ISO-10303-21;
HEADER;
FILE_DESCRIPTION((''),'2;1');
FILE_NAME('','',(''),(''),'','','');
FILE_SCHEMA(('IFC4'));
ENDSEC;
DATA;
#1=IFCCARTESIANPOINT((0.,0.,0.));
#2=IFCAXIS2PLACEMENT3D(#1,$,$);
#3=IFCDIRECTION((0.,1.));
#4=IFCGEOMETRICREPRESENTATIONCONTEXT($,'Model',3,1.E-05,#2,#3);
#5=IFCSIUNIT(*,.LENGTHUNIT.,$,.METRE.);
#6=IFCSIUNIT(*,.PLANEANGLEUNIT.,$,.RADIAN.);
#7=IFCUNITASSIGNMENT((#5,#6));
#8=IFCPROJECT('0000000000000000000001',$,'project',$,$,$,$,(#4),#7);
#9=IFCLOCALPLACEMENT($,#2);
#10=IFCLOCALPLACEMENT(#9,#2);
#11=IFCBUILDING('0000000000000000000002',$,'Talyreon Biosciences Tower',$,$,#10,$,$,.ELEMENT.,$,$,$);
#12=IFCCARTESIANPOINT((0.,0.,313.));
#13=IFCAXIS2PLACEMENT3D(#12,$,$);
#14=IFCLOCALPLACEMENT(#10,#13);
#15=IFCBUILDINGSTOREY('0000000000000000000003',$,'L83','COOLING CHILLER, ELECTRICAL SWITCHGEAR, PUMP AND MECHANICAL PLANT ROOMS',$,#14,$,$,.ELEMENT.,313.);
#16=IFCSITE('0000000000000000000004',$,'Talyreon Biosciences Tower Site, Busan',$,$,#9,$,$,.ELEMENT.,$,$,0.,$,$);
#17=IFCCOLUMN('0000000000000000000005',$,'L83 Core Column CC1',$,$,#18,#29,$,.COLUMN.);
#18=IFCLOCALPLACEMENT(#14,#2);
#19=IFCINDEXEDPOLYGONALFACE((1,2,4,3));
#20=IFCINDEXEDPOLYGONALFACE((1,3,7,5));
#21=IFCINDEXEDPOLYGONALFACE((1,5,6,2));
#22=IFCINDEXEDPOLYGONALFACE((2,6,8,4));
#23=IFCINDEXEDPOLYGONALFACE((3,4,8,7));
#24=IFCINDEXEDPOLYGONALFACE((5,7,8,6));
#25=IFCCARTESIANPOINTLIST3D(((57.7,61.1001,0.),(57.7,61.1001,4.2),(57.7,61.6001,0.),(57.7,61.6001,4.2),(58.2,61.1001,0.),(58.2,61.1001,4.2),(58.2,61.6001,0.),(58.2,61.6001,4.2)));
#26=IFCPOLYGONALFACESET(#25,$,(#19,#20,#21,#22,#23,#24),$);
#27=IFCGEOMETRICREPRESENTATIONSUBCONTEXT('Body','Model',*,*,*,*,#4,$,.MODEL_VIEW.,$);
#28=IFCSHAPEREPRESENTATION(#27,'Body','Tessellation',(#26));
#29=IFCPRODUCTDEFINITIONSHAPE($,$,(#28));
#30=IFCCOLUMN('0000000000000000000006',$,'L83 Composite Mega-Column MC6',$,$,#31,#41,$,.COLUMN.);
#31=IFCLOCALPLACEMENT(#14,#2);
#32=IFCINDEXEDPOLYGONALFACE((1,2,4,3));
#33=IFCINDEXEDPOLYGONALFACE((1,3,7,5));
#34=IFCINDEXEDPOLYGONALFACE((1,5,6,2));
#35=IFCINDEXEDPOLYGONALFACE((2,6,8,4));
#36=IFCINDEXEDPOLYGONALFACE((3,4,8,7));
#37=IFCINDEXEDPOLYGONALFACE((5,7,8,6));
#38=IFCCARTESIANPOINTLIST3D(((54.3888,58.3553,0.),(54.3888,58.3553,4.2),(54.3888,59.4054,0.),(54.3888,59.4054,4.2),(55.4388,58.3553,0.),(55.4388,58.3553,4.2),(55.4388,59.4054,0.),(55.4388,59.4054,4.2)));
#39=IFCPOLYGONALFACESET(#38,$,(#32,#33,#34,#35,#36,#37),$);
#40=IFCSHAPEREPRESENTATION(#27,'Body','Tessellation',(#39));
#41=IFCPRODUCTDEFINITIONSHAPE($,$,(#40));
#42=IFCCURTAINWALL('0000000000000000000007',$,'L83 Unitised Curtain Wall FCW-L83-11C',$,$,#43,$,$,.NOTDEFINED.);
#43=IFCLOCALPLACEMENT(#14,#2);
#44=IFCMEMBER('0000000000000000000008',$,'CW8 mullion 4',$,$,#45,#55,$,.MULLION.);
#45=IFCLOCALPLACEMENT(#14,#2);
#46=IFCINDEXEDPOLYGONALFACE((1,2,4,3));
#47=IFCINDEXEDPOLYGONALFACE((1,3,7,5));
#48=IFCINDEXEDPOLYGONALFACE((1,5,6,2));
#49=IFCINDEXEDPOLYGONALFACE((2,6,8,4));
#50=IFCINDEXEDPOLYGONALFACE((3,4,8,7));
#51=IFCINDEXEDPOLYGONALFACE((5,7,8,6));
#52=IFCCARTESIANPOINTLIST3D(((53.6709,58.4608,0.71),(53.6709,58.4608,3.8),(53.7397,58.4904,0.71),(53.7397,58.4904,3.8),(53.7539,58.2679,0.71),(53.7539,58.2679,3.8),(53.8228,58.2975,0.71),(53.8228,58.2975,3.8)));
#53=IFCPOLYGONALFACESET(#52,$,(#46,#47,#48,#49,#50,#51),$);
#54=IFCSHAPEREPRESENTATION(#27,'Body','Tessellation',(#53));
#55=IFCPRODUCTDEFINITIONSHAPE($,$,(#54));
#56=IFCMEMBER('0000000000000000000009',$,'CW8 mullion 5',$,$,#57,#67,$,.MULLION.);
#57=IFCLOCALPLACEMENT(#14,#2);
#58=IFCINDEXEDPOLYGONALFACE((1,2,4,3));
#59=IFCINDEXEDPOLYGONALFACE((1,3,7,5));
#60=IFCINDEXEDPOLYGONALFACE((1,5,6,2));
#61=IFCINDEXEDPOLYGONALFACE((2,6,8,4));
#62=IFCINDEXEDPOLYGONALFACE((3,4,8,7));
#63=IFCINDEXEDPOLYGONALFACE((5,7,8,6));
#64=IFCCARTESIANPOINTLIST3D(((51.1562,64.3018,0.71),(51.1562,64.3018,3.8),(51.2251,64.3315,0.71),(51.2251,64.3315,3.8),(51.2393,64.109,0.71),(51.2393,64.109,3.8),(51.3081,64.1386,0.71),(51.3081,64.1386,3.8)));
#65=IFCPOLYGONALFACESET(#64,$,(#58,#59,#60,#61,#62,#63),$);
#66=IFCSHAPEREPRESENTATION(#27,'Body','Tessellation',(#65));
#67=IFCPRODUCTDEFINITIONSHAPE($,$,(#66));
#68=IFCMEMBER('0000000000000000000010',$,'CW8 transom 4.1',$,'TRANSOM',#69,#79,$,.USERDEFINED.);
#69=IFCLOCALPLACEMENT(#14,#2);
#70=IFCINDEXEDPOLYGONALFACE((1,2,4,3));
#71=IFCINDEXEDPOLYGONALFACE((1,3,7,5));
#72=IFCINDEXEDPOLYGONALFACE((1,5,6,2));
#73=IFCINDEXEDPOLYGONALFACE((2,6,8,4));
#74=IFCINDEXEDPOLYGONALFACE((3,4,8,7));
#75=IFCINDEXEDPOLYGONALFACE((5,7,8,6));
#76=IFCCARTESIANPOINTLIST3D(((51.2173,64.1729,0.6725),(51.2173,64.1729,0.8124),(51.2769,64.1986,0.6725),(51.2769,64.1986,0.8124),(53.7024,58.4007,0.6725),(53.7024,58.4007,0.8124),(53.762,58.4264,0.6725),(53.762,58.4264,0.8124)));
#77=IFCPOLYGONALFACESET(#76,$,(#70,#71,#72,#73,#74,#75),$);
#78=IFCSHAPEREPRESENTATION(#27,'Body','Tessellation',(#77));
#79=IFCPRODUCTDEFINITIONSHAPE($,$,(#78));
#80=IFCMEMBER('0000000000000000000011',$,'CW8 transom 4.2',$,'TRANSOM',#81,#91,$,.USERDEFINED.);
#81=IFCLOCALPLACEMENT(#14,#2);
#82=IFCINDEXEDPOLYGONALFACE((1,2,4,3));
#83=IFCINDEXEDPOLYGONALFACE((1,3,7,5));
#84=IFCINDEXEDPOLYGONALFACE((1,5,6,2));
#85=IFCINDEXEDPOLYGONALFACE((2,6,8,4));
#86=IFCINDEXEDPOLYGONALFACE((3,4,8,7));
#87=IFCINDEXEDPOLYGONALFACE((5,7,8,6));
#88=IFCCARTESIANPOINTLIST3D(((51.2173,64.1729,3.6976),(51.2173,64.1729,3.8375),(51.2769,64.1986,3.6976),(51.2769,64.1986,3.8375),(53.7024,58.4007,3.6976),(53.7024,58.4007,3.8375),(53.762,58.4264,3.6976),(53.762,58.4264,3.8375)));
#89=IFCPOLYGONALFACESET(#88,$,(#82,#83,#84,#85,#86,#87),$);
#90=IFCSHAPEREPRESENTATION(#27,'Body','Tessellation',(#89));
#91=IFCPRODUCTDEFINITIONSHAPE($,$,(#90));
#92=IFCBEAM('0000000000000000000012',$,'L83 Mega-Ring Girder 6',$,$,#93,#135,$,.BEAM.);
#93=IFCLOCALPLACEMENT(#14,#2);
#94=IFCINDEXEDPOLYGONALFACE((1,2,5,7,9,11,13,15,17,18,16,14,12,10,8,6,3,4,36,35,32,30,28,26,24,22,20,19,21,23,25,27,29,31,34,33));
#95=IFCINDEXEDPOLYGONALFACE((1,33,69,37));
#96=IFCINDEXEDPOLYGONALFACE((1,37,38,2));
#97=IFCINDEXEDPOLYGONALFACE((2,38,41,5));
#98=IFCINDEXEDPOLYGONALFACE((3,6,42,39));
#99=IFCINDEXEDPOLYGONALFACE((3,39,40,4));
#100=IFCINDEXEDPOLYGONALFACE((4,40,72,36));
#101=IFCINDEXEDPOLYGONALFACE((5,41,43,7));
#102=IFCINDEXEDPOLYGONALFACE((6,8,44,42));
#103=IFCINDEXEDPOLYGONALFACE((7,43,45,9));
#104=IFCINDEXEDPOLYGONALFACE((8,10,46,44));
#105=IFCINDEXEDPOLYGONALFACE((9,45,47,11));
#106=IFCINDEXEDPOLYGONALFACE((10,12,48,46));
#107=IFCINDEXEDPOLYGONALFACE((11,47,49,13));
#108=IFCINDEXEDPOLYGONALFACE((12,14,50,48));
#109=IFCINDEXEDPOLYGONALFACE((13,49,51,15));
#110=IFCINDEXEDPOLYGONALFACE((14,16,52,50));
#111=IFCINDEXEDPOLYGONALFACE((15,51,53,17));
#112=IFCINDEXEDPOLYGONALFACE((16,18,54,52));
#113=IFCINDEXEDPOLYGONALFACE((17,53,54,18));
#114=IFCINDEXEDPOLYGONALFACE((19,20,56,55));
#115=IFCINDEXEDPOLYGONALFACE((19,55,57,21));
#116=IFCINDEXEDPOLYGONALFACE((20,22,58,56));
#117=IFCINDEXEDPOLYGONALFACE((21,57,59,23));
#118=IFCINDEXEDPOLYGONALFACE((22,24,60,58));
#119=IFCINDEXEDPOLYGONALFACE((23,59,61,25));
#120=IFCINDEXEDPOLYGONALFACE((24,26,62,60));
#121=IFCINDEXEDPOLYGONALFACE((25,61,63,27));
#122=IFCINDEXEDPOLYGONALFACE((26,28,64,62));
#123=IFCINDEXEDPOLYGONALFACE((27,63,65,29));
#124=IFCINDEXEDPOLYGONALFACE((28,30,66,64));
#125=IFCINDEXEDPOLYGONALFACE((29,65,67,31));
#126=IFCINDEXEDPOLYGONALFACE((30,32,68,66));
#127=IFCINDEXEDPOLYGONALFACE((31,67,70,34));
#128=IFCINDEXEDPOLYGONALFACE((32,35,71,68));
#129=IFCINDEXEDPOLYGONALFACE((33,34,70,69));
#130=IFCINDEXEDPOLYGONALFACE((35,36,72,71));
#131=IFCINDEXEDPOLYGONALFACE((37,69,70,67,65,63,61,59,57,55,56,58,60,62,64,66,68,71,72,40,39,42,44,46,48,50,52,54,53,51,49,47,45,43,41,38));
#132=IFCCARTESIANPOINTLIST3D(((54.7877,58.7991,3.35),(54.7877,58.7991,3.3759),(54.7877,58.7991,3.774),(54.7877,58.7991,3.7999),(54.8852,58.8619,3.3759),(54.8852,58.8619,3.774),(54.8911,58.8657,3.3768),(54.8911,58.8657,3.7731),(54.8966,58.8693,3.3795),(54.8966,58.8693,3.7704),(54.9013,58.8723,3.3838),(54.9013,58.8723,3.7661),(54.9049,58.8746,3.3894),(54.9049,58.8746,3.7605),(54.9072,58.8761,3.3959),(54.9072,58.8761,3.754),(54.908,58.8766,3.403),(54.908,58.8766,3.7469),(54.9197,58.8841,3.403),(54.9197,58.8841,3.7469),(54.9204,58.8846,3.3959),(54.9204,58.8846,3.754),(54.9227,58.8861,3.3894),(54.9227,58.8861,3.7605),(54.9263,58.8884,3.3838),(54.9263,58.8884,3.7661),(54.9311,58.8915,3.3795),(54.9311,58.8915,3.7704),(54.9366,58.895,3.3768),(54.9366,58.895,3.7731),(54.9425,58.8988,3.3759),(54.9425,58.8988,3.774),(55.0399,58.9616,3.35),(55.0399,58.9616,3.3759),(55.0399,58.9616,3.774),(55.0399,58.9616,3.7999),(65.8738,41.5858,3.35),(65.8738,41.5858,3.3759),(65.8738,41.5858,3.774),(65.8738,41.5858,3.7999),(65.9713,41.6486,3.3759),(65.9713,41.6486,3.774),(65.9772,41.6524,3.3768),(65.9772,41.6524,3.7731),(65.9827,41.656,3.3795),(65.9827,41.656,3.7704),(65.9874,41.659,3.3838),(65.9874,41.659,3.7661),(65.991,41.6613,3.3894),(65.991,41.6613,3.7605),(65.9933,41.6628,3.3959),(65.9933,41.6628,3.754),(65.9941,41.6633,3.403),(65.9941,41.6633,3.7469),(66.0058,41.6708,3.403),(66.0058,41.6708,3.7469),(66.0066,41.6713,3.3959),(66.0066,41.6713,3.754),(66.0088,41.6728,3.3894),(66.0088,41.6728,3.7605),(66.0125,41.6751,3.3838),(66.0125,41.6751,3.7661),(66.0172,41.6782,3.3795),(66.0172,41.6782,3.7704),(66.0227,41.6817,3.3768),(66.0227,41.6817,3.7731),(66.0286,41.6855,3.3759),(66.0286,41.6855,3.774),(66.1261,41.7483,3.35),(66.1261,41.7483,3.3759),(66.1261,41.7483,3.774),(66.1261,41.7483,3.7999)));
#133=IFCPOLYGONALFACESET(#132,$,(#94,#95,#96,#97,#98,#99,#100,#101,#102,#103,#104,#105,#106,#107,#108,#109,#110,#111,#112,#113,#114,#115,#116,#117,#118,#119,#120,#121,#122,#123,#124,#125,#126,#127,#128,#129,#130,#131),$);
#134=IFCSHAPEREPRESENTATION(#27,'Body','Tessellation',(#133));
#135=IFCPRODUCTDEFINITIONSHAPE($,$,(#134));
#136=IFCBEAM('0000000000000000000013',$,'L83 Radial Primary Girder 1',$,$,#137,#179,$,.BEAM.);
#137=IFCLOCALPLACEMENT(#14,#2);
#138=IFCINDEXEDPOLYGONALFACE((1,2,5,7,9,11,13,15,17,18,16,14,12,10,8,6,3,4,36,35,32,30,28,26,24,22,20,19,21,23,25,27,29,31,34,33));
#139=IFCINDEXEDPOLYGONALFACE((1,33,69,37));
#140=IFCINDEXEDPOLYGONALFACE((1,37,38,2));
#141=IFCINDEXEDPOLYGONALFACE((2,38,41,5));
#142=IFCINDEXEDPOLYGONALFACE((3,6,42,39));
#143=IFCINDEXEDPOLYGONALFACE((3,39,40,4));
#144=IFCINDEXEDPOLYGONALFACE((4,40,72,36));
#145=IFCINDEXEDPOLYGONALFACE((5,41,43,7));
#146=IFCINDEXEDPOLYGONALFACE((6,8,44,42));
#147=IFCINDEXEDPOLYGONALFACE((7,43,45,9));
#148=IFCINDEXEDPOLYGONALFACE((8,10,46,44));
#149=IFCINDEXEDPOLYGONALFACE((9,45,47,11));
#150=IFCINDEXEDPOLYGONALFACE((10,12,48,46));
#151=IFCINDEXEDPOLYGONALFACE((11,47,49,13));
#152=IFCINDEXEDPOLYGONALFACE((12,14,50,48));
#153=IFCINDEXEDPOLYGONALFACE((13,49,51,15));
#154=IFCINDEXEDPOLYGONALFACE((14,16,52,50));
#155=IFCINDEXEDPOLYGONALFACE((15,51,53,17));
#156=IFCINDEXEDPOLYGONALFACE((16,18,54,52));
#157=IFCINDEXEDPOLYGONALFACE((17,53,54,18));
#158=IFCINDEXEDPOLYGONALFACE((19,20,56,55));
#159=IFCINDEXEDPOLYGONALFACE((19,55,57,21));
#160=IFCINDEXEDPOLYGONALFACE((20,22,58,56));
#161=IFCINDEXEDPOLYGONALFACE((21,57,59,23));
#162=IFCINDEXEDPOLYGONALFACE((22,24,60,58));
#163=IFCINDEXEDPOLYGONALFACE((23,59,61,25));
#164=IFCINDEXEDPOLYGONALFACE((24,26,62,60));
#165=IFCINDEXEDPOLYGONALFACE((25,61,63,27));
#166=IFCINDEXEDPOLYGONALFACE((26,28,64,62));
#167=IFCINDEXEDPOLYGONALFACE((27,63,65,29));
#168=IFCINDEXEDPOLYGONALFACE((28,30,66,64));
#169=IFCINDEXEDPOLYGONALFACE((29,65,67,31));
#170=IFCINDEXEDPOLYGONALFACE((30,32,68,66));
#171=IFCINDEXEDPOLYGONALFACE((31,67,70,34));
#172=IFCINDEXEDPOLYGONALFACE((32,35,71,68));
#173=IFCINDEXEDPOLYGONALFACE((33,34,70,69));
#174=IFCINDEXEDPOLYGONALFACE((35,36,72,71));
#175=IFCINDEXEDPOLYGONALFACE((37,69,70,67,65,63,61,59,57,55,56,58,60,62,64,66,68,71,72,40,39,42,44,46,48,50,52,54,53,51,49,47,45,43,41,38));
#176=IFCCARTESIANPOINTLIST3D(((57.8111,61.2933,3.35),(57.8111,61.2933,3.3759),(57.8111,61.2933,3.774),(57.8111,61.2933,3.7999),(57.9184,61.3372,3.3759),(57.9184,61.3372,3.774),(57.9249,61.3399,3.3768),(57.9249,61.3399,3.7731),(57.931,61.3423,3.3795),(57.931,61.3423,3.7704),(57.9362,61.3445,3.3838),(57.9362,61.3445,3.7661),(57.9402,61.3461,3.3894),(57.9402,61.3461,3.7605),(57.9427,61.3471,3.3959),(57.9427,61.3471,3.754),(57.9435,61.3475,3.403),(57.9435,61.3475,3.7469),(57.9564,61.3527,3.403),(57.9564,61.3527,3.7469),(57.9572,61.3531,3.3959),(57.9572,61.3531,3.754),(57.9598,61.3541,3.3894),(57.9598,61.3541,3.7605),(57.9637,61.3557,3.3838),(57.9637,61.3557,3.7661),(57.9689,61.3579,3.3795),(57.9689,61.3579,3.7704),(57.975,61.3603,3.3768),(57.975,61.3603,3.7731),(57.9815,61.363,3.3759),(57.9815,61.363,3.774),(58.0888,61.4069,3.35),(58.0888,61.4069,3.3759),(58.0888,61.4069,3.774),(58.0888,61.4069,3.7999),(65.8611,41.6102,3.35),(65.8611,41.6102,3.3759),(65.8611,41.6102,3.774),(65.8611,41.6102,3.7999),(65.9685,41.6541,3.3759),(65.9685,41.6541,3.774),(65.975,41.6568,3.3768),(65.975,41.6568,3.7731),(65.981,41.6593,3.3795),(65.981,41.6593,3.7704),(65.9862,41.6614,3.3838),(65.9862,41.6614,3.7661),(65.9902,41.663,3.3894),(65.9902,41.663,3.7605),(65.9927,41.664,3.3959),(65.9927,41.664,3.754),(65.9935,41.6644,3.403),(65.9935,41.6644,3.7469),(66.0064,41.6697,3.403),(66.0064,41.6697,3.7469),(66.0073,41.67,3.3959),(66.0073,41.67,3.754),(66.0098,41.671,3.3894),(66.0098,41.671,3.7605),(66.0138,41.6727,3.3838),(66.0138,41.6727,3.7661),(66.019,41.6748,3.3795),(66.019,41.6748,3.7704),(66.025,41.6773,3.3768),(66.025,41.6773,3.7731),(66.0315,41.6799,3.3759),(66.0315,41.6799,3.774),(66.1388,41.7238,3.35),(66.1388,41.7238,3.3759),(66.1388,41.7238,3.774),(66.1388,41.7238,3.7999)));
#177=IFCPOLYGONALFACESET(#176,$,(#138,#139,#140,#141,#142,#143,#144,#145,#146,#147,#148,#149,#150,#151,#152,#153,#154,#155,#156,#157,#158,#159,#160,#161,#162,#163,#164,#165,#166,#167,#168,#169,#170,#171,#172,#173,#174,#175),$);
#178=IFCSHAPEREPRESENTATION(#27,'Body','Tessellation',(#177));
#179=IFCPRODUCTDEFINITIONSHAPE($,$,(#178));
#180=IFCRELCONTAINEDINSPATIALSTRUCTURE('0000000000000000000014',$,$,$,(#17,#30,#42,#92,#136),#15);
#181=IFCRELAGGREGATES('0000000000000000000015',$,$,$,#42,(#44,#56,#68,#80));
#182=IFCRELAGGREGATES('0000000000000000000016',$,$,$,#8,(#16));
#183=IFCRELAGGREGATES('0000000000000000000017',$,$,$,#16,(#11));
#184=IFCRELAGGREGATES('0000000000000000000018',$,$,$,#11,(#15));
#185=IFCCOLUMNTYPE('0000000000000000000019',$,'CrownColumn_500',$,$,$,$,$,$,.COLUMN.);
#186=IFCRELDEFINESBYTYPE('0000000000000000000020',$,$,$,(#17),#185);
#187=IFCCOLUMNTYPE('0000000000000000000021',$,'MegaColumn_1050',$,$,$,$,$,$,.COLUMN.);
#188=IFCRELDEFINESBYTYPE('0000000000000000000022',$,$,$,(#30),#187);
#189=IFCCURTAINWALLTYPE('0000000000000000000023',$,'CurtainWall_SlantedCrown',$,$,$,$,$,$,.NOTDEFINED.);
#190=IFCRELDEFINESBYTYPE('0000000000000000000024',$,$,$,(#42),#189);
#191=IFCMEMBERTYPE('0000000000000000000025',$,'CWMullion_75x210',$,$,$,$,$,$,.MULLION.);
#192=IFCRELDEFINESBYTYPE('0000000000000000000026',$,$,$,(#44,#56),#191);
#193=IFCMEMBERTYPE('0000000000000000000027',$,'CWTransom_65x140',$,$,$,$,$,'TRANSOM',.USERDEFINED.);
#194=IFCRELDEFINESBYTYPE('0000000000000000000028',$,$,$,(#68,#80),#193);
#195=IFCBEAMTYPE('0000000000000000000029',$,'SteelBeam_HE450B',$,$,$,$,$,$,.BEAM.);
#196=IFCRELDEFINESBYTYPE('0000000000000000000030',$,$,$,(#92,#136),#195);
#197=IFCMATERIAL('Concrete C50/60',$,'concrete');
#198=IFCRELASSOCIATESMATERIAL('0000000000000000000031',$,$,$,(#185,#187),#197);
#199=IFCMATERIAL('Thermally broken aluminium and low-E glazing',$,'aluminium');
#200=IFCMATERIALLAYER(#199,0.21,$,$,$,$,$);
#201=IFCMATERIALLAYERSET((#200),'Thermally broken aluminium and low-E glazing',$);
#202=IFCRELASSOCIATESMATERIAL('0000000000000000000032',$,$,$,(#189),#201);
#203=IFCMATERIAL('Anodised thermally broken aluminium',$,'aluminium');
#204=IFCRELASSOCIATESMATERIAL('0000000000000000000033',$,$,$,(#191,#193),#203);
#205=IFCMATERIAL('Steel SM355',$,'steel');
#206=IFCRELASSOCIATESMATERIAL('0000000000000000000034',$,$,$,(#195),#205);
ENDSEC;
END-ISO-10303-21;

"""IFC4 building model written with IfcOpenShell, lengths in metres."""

from ifc_helpers import new_model, si_unit, direction, frame, origin, origin_2d, place, context, subcontext, project, spatial, rectangle, i_section, extrude, material, layer, layer_set, material_profile, profile_set, type_object, element, aggregate, save


model = new_model("IFC4")

# Units and contexts
model_context = context("Model", 3, precision=1e-05, world=origin(), true_north=direction((0.0, 1.0)))
body_context = subcontext(model_context, "Body", "Model", "MODEL_VIEW")
ifc_project = project(units=[si_unit("LENGTHUNIT", "METRE"), si_unit("PLANEANGLEUNIT", "RADIAN")], contexts=[model_context])

# Site, building, storey
site_placement = place(None, origin())
site = spatial("IfcSite", under=ifc_project, at=site_placement, Name="Talyreon Biosciences Tower Site, Busan", CompositionType="ELEMENT", RefElevation=0.0)
building_placement = place(site_placement, origin())
building = spatial("IfcBuilding", under=site, at=building_placement, Name="Talyreon Biosciences Tower", CompositionType="ELEMENT")
storey_placement = place(building_placement, frame((0.0, 0.0, 313.0)))
storey = spatial("IfcBuildingStorey", under=building, at=storey_placement, Name="L83", Description="COOLING CHILLER, ELECTRICAL SWITCHGEAR, PUMP AND MECHANICAL PLANT ROOMS", CompositionType="ELEMENT", Elevation=313.0)

# Columns
ifc_material_1 = material(Name="Concrete C50/60", Category="concrete")
ifc_material_profile_1 = material_profile(ifc_material_1, rectangle(XDim=0.5, YDim=0.5, at=origin_2d()), Name="RC 500x500")
ifc_profile_set_1 = profile_set([ifc_material_profile_1], Name="Concrete C50/60")
column_type_1 = type_object("IfcColumnType", Name="CrownColumn_500", PredefinedType="COLUMN", material=ifc_profile_set_1)
column_1_placement = place(storey_placement, frame((57.95, 61.3501, 0.0), z_axis=(0.0, 0.0, 1.0), x_axis=(1.0, 0.0, 0.0)))
element("IfcColumn", 1, at=column_1_placement, inside=storey, type_object=column_type_1, Name="L83 Core Column CC1", PredefinedType="COLUMN", context=body_context, shape_type="SweptSolid", body=[
    extrude(rectangle(XDim=0.5, YDim=0.5, at=origin_2d()), origin(), (0.0, 0.0, 1.0), 4.2),
])
ifc_material_profile_2 = material_profile(ifc_material_1, rectangle(XDim=1.05, YDim=1.05, at=origin_2d()), Name="RC 1050x1050")
ifc_profile_set_2 = profile_set([ifc_material_profile_2], Name="Concrete C50/60")
column_type_2 = type_object("IfcColumnType", Name="MegaColumn_1050", PredefinedType="COLUMN", material=ifc_profile_set_2)
column_2_placement = place(storey_placement, frame((54.9138, 58.8804, 0.0), z_axis=(0.0, 0.0, 1.0), x_axis=(1.0, 0.0, 0.0)))
element("IfcColumn", 2, at=column_2_placement, inside=storey, type_object=column_type_2, Name="L83 Composite Mega-Column MC6", PredefinedType="COLUMN", context=body_context, shape_type="SweptSolid", body=[
    extrude(rectangle(XDim=1.05, YDim=1.05, at=origin_2d()), origin(), (0.0, 0.0, 1.0), 4.2),
])

# Curtain wall, members
ifc_material_2 = material(Name="Thermally broken aluminium and low-E glazing", Category="aluminium")
ifc_layer_1 = layer(ifc_material_2, 0.21)
ifc_layer_set_1 = layer_set([ifc_layer_1], Name="Thermally broken aluminium and low-E glazing")
curtain_wall_type = type_object("IfcCurtainWallType", Name="CurtainWall_SlantedCrown", PredefinedType="NOTDEFINED", material=ifc_layer_set_1)
curtain_wall_placement = place(storey_placement, origin())
curtain_wall = element("IfcCurtainWall", 3, at=curtain_wall_placement, inside=storey, type_object=curtain_wall_type, Name="L83 Unitised Curtain Wall FCW-L83-11C", PredefinedType="NOTDEFINED")
ifc_material_3 = material(Name="Anodised thermally broken aluminium", Category="aluminium")
ifc_material_profile_3 = material_profile(ifc_material_3, rectangle(XDim=0.075, YDim=0.21, at=origin_2d()), Name="ALUM MULLION 75x210")
ifc_profile_set_3 = profile_set([ifc_material_profile_3], Name="Anodised thermally broken aluminium")
member_type_1 = type_object("IfcMemberType", Name="CWMullion_75x210", PredefinedType="MULLION", material=ifc_profile_set_3)
member_1_placement = place(storey_placement, frame((53.7468, 58.3792, 0.71), z_axis=(0.0, 0.0, 1.0), x_axis=(-0.918487, -0.395451, 0.0)))
member_1 = element("IfcMember", 4, at=member_1_placement, type_object=member_type_1, Name="CW8 mullion 4", PredefinedType="MULLION", context=body_context, shape_type="SweptSolid", body=[
    extrude(rectangle(XDim=0.075, YDim=0.21, at=origin_2d()), origin(), (0.0, 0.0, 1.0), 3.0901),
])
member_2_placement = place(storey_placement, frame((51.2322, 64.2202, 0.71), z_axis=(0.0, 0.0, 1.0), x_axis=(-0.918487, -0.395451, 0.0)))
member_2 = element("IfcMember", 5, at=member_2_placement, type_object=member_type_1, Name="CW8 mullion 5", PredefinedType="MULLION", context=body_context, shape_type="SweptSolid", body=[
    extrude(rectangle(XDim=0.075, YDim=0.21, at=origin_2d()), origin(), (0.0, 0.0, 1.0), 3.0901),
])
ifc_material_profile_4 = material_profile(ifc_material_3, rectangle(XDim=0.0649, YDim=0.1399, at=origin_2d()), Name="ALUM TRANSOM 65x140")
ifc_profile_set_4 = profile_set([ifc_material_profile_4], Name="Anodised thermally broken aluminium")
member_type_2 = type_object("IfcMemberType", Name="CWTransom_65x140", ElementType="TRANSOM", PredefinedType="USERDEFINED", material=ifc_profile_set_4)
member_3_placement = place(storey_placement, frame((53.7322, 58.4136, 0.7424), z_axis=(-0.395438, 0.918493, 0.0), x_axis=(-0.918493, -0.395438, 0.0)))
member_3 = element("IfcMember", 6, at=member_3_placement, type_object=member_type_2, Name="CW8 transom 4.1", ObjectType="TRANSOM", PredefinedType="USERDEFINED", context=body_context, shape_type="SweptSolid", body=[
    extrude(rectangle(XDim=0.0649, YDim=0.1399, at=origin_2d()), origin(), (0.0, 0.0, 1.0), 6.2844),
])
member_4_placement = place(storey_placement, frame((53.7322, 58.4136, 3.7676), z_axis=(-0.395438, 0.918493, 0.0), x_axis=(-0.918493, -0.395438, 0.0)))
member_4 = element("IfcMember", 7, at=member_4_placement, type_object=member_type_2, Name="CW8 transom 4.2", ObjectType="TRANSOM", PredefinedType="USERDEFINED", context=body_context, shape_type="SweptSolid", body=[
    extrude(rectangle(XDim=0.0649, YDim=0.1399, at=origin_2d()), origin(), (0.0, 0.0, 1.0), 6.2844),
])

# Beams
ifc_material_4 = material(Name="Steel SM355", Category="steel")
ifc_material_profile_5 = material_profile(ifc_material_4, i_section(OverallWidth=0.3, OverallDepth=0.45, WebThickness=0.0139, FlangeThickness=0.0259, FilletRadius=0.0271, at=origin_2d()), Name="HE450B")
ifc_profile_set_5 = profile_set([ifc_material_profile_5], Name="Steel SM355")
beam_type_1 = type_object("IfcBeamType", Name="SteelBeam_HE450B", PredefinedType="BEAM", material=ifc_profile_set_5)
beam_1_placement = place(storey_placement, frame((54.9138, 58.8804, 3.575), z_axis=(0.541464, -0.840724, 0.0), x_axis=(0.840724, 0.541464, 0.0)))
element("IfcBeam", 8, at=beam_1_placement, inside=storey, type_object=beam_type_1, Name="L83 Mega-Ring Girder 6", PredefinedType="BEAM", context=body_context, shape_type="SweptSolid", body=[
    extrude(i_section(OverallWidth=0.3, OverallDepth=0.45, WebThickness=0.0139, FlangeThickness=0.0259, FilletRadius=0.0271, at=origin_2d()), origin(), (0.0, 0.0, 1.0), 20.4744),
])
beam_2_placement = place(storey_placement, frame((57.95, 61.3501, 3.575), z_axis=(0.378547, -0.925582, 0.0), x_axis=(0.925582, 0.378547, 0.0)))
element("IfcBeam", 9, at=beam_2_placement, inside=storey, type_object=beam_type_1, Name="L83 Radial Primary Girder 1", PredefinedType="BEAM", context=body_context, shape_type="SweptSolid", body=[
    extrude(i_section(OverallWidth=0.3, OverallDepth=0.45, WebThickness=0.0139, FlangeThickness=0.0259, FilletRadius=0.0271, at=origin_2d()), origin(), (0.0, 0.0, 1.0), 21.2656),
])

aggregate(curtain_wall, [member_1, member_2, member_3, member_4])

save(model, "model.ifc")
